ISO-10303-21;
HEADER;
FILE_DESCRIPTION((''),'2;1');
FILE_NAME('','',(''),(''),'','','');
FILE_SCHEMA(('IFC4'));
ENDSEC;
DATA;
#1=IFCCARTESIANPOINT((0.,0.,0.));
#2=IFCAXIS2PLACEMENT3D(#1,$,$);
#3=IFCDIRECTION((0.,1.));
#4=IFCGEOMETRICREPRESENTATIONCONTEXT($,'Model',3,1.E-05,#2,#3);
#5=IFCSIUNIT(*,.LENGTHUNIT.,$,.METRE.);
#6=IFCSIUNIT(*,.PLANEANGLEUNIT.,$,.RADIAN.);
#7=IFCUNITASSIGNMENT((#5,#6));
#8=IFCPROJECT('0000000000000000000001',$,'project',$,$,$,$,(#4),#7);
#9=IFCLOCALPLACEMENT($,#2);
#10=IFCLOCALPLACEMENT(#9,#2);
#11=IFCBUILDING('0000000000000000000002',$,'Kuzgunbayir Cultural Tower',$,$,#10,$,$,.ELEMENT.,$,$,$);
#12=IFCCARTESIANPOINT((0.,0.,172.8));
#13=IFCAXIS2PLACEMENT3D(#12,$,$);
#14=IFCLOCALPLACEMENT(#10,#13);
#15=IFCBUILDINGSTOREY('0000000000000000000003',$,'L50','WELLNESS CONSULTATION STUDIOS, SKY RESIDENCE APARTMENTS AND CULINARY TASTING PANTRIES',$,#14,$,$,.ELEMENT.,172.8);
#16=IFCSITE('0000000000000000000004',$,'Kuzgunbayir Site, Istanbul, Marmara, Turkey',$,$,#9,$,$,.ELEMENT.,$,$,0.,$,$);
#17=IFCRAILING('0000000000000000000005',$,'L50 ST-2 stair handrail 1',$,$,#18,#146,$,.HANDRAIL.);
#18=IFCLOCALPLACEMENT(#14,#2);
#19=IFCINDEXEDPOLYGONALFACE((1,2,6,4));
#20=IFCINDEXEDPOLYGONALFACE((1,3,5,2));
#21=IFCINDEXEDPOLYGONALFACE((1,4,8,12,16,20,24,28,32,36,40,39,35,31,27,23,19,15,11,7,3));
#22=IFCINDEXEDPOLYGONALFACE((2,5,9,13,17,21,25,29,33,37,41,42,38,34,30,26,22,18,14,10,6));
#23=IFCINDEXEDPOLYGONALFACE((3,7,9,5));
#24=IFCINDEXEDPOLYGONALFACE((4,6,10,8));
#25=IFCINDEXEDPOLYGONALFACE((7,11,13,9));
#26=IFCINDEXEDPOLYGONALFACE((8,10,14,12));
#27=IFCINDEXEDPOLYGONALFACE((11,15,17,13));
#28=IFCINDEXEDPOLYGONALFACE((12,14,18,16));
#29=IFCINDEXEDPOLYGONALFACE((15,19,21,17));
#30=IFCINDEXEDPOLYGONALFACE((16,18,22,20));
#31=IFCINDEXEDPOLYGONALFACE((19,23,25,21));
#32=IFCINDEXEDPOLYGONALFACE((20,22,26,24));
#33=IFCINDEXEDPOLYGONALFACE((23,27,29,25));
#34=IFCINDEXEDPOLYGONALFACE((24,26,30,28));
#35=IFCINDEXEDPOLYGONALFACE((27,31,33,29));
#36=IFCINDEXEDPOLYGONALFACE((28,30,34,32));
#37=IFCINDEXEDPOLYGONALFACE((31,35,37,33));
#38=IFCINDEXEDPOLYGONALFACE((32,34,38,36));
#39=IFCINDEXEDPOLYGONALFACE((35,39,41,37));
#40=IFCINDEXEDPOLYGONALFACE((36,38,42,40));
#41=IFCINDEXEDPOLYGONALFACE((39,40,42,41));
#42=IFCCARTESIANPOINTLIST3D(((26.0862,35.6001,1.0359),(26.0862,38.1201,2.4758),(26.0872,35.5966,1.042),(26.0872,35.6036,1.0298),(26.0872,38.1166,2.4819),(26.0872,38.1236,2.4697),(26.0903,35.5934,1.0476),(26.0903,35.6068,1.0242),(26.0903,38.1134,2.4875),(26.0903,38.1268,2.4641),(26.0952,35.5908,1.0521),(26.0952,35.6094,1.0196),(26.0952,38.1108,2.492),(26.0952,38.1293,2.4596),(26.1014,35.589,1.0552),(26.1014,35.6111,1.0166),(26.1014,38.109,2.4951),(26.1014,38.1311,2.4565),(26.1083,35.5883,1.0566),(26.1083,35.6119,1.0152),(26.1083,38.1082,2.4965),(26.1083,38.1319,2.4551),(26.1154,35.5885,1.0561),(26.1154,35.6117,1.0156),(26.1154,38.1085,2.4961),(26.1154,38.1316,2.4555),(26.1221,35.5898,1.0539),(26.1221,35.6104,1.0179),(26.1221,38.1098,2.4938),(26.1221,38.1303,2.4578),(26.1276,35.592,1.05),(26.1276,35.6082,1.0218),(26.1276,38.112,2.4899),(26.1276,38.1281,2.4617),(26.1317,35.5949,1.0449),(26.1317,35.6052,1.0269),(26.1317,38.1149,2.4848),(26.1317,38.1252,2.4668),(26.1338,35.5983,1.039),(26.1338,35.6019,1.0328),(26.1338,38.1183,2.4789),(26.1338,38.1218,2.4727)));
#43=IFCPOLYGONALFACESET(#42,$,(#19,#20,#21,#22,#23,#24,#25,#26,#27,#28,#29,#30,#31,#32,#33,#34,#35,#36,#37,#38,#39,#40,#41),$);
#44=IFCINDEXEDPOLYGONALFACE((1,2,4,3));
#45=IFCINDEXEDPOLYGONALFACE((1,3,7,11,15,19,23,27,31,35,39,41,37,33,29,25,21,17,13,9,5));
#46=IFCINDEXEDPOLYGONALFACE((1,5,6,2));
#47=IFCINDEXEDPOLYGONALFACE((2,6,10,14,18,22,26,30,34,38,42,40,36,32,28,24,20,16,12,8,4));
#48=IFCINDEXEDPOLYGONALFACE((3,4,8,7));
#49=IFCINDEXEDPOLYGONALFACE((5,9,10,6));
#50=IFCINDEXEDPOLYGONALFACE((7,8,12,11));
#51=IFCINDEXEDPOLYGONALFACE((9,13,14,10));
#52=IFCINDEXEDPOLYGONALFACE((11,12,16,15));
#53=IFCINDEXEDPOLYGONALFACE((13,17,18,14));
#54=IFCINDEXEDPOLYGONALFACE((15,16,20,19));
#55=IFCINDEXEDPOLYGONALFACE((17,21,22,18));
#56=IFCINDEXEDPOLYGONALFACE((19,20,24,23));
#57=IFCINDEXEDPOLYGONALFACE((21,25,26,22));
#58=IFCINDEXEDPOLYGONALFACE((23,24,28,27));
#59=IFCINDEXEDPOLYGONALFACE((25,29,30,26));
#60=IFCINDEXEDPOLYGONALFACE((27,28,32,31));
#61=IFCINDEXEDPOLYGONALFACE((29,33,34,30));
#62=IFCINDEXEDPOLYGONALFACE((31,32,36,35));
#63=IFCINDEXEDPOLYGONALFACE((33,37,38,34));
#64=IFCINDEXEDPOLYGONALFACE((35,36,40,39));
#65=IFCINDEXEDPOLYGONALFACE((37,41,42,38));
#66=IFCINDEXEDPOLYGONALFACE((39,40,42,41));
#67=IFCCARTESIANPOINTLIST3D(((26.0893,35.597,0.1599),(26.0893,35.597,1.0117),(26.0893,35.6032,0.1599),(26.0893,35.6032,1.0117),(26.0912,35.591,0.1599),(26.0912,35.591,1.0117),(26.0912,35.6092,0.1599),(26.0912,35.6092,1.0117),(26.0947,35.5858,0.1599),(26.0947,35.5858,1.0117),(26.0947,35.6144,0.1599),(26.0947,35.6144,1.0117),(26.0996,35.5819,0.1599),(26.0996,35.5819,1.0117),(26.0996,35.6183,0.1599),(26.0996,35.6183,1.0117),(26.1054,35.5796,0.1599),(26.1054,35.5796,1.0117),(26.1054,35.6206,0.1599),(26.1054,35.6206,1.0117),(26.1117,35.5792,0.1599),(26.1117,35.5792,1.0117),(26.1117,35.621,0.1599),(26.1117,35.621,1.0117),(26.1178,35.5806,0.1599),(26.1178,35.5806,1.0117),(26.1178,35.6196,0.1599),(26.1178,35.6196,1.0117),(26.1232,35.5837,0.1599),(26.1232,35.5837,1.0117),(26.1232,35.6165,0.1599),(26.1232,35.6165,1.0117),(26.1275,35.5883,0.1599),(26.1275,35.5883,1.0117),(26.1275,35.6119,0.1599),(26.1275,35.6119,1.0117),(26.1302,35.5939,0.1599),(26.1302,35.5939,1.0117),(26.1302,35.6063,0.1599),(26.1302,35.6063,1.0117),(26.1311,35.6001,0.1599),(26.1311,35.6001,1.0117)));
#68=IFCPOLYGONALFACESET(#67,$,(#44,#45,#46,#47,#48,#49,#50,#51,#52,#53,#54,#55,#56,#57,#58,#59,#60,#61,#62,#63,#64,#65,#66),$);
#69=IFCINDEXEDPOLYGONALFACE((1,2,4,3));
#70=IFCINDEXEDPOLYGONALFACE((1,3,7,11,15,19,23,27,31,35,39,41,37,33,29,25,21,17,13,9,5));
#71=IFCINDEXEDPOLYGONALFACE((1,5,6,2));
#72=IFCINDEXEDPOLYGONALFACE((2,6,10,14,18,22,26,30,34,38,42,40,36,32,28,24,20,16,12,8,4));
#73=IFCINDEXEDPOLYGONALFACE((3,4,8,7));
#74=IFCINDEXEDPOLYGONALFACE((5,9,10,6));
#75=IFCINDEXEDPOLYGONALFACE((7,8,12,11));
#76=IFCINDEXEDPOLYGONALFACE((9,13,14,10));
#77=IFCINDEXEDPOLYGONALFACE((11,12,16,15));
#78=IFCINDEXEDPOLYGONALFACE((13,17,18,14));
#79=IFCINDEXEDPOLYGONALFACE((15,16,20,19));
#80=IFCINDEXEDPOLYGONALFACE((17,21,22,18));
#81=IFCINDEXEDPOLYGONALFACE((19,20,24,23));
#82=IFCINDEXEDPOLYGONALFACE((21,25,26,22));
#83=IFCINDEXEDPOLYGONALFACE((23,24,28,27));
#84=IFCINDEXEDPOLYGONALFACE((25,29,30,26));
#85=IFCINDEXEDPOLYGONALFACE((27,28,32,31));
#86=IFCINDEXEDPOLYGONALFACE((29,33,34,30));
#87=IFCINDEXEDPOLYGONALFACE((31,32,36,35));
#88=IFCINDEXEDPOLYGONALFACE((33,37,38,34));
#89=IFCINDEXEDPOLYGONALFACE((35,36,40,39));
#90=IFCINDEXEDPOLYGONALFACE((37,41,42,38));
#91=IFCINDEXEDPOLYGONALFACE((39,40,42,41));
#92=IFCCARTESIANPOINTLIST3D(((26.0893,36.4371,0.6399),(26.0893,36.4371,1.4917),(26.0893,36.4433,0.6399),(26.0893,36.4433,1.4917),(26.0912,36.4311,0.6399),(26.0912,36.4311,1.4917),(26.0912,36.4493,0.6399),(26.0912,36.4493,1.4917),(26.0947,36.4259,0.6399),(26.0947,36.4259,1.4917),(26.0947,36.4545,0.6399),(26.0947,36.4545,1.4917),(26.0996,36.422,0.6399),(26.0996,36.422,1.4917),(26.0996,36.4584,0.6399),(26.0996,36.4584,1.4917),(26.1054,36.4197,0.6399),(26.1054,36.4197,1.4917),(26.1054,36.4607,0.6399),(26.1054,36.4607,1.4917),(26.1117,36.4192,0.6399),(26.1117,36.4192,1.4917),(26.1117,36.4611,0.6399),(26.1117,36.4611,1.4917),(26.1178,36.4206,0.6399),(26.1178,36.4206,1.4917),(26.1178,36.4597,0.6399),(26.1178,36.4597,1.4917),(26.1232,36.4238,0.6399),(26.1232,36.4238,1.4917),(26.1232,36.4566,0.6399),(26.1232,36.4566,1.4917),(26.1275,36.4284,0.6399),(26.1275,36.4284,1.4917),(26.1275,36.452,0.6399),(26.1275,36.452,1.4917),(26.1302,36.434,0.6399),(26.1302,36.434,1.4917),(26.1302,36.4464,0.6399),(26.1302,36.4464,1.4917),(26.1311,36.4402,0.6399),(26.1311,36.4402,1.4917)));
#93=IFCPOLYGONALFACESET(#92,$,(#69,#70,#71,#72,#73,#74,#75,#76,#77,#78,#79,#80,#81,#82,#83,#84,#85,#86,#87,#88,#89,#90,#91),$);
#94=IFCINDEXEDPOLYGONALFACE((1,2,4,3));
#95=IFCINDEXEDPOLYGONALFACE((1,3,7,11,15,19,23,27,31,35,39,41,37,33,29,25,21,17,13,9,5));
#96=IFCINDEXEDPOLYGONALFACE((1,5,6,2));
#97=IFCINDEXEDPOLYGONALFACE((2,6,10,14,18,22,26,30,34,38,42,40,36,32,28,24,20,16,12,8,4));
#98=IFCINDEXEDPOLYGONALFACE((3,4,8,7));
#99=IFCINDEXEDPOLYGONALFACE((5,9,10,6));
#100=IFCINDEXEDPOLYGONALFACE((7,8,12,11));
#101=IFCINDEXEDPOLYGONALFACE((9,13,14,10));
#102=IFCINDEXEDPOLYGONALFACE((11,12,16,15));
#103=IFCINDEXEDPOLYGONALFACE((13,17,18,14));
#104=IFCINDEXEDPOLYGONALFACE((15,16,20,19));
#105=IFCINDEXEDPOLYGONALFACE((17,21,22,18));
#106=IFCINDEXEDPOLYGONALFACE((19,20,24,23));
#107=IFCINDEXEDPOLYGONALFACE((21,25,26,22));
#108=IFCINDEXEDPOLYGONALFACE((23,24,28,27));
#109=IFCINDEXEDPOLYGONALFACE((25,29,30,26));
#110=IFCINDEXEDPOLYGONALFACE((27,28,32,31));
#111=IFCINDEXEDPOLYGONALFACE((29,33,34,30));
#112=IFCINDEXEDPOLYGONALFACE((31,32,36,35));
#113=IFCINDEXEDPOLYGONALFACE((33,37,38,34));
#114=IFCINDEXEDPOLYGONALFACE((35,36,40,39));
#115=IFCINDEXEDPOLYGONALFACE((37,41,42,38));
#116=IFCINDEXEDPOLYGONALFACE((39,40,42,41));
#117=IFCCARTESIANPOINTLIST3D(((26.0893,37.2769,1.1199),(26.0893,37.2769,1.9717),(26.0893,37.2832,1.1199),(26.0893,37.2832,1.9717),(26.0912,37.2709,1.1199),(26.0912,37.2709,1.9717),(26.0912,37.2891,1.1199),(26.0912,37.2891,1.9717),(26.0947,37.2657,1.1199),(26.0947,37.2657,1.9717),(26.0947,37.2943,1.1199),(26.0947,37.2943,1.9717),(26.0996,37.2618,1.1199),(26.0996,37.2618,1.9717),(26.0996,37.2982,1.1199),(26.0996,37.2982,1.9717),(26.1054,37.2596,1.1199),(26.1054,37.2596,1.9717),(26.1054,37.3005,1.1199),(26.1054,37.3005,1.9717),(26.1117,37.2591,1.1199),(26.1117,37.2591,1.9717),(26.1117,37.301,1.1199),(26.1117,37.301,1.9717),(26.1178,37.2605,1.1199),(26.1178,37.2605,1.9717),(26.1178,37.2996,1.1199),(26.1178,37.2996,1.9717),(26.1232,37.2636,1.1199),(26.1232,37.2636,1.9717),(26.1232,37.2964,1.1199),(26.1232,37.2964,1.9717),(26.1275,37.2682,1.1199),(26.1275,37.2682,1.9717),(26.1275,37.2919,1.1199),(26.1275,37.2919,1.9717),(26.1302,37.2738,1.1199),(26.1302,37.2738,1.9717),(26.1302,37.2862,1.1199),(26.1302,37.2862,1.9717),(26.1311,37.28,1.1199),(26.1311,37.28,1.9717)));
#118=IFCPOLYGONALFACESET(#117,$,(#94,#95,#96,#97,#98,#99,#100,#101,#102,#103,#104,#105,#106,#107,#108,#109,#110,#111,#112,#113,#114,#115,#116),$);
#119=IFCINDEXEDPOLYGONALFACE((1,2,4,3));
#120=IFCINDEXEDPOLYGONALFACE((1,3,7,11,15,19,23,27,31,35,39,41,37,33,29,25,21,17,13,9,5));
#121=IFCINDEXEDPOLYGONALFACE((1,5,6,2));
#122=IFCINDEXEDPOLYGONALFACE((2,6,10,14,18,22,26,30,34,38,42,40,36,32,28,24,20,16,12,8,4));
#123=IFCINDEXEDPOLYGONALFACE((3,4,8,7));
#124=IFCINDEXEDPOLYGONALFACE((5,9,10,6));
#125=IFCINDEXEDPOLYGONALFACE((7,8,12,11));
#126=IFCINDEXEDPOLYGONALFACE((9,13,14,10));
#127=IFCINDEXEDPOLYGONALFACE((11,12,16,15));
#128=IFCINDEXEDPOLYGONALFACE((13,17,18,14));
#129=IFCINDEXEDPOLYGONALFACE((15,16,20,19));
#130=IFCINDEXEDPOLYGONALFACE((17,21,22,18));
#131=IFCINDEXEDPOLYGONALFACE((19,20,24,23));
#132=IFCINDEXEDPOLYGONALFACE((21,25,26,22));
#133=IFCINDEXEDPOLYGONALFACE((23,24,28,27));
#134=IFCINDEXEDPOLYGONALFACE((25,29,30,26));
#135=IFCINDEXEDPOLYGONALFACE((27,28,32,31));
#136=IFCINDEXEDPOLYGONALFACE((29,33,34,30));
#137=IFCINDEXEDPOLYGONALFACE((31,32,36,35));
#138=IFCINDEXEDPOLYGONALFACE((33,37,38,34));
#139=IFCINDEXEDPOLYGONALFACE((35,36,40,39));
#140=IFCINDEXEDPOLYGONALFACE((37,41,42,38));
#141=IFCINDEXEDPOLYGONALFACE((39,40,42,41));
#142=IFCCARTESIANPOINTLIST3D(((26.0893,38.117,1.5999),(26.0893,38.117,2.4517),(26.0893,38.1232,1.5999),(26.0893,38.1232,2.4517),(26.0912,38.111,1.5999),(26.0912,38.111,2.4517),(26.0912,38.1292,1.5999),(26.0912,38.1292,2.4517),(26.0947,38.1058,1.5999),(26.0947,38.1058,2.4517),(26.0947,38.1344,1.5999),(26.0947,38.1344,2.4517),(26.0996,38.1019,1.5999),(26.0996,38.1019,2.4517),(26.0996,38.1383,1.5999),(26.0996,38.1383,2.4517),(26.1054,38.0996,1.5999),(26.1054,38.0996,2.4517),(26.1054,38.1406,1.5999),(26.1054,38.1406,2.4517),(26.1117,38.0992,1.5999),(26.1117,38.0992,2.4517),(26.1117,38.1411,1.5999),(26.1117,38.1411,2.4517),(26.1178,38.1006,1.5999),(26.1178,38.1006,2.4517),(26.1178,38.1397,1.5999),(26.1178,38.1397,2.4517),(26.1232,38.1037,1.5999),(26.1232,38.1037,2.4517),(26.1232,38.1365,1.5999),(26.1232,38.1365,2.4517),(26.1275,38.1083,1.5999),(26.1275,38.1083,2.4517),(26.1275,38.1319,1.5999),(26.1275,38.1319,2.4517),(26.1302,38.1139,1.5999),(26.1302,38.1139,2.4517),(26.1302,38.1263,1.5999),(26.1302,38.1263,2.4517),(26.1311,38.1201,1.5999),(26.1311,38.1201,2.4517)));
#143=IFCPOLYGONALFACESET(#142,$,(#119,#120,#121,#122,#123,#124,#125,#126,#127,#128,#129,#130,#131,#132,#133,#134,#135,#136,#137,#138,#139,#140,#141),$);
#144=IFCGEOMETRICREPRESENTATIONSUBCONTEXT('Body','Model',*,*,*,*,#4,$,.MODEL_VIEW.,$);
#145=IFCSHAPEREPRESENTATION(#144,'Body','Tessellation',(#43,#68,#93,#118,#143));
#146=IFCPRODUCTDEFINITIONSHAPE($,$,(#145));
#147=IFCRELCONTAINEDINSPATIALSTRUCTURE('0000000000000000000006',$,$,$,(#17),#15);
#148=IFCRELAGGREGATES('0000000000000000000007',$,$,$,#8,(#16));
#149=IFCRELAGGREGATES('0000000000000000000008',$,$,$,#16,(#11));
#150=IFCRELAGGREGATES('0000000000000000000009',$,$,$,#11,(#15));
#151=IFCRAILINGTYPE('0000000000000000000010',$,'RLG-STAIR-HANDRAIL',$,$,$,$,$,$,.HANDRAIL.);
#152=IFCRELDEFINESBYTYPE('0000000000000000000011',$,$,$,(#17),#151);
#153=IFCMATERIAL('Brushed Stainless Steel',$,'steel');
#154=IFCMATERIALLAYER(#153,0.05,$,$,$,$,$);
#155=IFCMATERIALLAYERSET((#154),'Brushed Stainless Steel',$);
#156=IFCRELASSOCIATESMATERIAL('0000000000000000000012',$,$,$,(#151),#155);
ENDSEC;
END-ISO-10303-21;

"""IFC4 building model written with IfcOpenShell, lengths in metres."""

from ifc_helpers import new_model, si_unit, direction, frame, origin, origin_2d, place, context, subcontext, project, spatial, circle, extrude, material, layer, layer_set, type_object, element, save


model = new_model("IFC4")

# Units and contexts
model_context = context("Model", 3, precision=1e-05, world=origin(), true_north=direction((0.0, 1.0)))
body_context = subcontext(model_context, "Body", "Model", "MODEL_VIEW")
ifc_project = project(units=[si_unit("LENGTHUNIT", "METRE"), si_unit("PLANEANGLEUNIT", "RADIAN")], contexts=[model_context])

# Site, building, storey
site_placement = place(None, origin())
site = spatial("IfcSite", under=ifc_project, at=site_placement, Name="Kuzgunbayir Site, Istanbul, Marmara, Turkey", CompositionType="ELEMENT", RefElevation=0.0)
building_placement = place(site_placement, origin())
building = spatial("IfcBuilding", under=site, at=building_placement, Name="Kuzgunbayir Cultural Tower", CompositionType="ELEMENT")
storey_placement = place(building_placement, frame((0.0, 0.0, 172.8)))
storey = spatial("IfcBuildingStorey", under=building, at=storey_placement, Name="L50", Description="WELLNESS CONSULTATION STUDIOS, SKY RESIDENCE APARTMENTS AND CULINARY TASTING PANTRIES", CompositionType="ELEMENT", Elevation=172.8)

# Shared definitions
ifc_material_1 = material(Name="Brushed Stainless Steel", Category="steel")

# Railing
ifc_layer_1 = layer(ifc_material_1, 0.05)
ifc_layer_set_1 = layer_set([ifc_layer_1], Name="Brushed Stainless Steel")
railing_type_1 = type_object("IfcRailingType", Name="RLG-STAIR-HANDRAIL", PredefinedType="HANDRAIL", material=ifc_layer_set_1)
railing_1_placement = place(storey_placement, frame((26.1101, 35.6001, 0.1599)))
element("IfcRailing", 1, at=railing_1_placement, inside=storey, type_object=railing_type_1, Name="L50 ST-2 stair handrail 1", PredefinedType="HANDRAIL", context=body_context, shape_type="SweptSolid", body=[
    extrude(circle(Radius=0.0239, at=origin_2d()), frame((0.0, 0.0, 0.876), z_axis=(0.0, 0.868253, 0.496121), x_axis=(-1.0, 0.0, 0.0)), (0.0, 0.0, 1.0), 2.9023),
    extrude(circle(Radius=0.021, at=origin_2d()), origin(), (0.0, 0.0, 1.0), 0.8518),
    extrude(circle(Radius=0.021, at=origin_2d()), frame((0.0, 0.8401, 0.48)), (0.0, 0.0, 1.0), 0.8518),
    extrude(circle(Radius=0.021, at=origin_2d()), frame((0.0, 1.6799, 0.96)), (0.0, 0.0, 1.0), 0.8518),
    extrude(circle(Radius=0.021, at=origin_2d()), frame((0.0, 2.52, 1.4399)), (0.0, 0.0, 1.0), 0.8518),
])

save(model, "model.ifc")
